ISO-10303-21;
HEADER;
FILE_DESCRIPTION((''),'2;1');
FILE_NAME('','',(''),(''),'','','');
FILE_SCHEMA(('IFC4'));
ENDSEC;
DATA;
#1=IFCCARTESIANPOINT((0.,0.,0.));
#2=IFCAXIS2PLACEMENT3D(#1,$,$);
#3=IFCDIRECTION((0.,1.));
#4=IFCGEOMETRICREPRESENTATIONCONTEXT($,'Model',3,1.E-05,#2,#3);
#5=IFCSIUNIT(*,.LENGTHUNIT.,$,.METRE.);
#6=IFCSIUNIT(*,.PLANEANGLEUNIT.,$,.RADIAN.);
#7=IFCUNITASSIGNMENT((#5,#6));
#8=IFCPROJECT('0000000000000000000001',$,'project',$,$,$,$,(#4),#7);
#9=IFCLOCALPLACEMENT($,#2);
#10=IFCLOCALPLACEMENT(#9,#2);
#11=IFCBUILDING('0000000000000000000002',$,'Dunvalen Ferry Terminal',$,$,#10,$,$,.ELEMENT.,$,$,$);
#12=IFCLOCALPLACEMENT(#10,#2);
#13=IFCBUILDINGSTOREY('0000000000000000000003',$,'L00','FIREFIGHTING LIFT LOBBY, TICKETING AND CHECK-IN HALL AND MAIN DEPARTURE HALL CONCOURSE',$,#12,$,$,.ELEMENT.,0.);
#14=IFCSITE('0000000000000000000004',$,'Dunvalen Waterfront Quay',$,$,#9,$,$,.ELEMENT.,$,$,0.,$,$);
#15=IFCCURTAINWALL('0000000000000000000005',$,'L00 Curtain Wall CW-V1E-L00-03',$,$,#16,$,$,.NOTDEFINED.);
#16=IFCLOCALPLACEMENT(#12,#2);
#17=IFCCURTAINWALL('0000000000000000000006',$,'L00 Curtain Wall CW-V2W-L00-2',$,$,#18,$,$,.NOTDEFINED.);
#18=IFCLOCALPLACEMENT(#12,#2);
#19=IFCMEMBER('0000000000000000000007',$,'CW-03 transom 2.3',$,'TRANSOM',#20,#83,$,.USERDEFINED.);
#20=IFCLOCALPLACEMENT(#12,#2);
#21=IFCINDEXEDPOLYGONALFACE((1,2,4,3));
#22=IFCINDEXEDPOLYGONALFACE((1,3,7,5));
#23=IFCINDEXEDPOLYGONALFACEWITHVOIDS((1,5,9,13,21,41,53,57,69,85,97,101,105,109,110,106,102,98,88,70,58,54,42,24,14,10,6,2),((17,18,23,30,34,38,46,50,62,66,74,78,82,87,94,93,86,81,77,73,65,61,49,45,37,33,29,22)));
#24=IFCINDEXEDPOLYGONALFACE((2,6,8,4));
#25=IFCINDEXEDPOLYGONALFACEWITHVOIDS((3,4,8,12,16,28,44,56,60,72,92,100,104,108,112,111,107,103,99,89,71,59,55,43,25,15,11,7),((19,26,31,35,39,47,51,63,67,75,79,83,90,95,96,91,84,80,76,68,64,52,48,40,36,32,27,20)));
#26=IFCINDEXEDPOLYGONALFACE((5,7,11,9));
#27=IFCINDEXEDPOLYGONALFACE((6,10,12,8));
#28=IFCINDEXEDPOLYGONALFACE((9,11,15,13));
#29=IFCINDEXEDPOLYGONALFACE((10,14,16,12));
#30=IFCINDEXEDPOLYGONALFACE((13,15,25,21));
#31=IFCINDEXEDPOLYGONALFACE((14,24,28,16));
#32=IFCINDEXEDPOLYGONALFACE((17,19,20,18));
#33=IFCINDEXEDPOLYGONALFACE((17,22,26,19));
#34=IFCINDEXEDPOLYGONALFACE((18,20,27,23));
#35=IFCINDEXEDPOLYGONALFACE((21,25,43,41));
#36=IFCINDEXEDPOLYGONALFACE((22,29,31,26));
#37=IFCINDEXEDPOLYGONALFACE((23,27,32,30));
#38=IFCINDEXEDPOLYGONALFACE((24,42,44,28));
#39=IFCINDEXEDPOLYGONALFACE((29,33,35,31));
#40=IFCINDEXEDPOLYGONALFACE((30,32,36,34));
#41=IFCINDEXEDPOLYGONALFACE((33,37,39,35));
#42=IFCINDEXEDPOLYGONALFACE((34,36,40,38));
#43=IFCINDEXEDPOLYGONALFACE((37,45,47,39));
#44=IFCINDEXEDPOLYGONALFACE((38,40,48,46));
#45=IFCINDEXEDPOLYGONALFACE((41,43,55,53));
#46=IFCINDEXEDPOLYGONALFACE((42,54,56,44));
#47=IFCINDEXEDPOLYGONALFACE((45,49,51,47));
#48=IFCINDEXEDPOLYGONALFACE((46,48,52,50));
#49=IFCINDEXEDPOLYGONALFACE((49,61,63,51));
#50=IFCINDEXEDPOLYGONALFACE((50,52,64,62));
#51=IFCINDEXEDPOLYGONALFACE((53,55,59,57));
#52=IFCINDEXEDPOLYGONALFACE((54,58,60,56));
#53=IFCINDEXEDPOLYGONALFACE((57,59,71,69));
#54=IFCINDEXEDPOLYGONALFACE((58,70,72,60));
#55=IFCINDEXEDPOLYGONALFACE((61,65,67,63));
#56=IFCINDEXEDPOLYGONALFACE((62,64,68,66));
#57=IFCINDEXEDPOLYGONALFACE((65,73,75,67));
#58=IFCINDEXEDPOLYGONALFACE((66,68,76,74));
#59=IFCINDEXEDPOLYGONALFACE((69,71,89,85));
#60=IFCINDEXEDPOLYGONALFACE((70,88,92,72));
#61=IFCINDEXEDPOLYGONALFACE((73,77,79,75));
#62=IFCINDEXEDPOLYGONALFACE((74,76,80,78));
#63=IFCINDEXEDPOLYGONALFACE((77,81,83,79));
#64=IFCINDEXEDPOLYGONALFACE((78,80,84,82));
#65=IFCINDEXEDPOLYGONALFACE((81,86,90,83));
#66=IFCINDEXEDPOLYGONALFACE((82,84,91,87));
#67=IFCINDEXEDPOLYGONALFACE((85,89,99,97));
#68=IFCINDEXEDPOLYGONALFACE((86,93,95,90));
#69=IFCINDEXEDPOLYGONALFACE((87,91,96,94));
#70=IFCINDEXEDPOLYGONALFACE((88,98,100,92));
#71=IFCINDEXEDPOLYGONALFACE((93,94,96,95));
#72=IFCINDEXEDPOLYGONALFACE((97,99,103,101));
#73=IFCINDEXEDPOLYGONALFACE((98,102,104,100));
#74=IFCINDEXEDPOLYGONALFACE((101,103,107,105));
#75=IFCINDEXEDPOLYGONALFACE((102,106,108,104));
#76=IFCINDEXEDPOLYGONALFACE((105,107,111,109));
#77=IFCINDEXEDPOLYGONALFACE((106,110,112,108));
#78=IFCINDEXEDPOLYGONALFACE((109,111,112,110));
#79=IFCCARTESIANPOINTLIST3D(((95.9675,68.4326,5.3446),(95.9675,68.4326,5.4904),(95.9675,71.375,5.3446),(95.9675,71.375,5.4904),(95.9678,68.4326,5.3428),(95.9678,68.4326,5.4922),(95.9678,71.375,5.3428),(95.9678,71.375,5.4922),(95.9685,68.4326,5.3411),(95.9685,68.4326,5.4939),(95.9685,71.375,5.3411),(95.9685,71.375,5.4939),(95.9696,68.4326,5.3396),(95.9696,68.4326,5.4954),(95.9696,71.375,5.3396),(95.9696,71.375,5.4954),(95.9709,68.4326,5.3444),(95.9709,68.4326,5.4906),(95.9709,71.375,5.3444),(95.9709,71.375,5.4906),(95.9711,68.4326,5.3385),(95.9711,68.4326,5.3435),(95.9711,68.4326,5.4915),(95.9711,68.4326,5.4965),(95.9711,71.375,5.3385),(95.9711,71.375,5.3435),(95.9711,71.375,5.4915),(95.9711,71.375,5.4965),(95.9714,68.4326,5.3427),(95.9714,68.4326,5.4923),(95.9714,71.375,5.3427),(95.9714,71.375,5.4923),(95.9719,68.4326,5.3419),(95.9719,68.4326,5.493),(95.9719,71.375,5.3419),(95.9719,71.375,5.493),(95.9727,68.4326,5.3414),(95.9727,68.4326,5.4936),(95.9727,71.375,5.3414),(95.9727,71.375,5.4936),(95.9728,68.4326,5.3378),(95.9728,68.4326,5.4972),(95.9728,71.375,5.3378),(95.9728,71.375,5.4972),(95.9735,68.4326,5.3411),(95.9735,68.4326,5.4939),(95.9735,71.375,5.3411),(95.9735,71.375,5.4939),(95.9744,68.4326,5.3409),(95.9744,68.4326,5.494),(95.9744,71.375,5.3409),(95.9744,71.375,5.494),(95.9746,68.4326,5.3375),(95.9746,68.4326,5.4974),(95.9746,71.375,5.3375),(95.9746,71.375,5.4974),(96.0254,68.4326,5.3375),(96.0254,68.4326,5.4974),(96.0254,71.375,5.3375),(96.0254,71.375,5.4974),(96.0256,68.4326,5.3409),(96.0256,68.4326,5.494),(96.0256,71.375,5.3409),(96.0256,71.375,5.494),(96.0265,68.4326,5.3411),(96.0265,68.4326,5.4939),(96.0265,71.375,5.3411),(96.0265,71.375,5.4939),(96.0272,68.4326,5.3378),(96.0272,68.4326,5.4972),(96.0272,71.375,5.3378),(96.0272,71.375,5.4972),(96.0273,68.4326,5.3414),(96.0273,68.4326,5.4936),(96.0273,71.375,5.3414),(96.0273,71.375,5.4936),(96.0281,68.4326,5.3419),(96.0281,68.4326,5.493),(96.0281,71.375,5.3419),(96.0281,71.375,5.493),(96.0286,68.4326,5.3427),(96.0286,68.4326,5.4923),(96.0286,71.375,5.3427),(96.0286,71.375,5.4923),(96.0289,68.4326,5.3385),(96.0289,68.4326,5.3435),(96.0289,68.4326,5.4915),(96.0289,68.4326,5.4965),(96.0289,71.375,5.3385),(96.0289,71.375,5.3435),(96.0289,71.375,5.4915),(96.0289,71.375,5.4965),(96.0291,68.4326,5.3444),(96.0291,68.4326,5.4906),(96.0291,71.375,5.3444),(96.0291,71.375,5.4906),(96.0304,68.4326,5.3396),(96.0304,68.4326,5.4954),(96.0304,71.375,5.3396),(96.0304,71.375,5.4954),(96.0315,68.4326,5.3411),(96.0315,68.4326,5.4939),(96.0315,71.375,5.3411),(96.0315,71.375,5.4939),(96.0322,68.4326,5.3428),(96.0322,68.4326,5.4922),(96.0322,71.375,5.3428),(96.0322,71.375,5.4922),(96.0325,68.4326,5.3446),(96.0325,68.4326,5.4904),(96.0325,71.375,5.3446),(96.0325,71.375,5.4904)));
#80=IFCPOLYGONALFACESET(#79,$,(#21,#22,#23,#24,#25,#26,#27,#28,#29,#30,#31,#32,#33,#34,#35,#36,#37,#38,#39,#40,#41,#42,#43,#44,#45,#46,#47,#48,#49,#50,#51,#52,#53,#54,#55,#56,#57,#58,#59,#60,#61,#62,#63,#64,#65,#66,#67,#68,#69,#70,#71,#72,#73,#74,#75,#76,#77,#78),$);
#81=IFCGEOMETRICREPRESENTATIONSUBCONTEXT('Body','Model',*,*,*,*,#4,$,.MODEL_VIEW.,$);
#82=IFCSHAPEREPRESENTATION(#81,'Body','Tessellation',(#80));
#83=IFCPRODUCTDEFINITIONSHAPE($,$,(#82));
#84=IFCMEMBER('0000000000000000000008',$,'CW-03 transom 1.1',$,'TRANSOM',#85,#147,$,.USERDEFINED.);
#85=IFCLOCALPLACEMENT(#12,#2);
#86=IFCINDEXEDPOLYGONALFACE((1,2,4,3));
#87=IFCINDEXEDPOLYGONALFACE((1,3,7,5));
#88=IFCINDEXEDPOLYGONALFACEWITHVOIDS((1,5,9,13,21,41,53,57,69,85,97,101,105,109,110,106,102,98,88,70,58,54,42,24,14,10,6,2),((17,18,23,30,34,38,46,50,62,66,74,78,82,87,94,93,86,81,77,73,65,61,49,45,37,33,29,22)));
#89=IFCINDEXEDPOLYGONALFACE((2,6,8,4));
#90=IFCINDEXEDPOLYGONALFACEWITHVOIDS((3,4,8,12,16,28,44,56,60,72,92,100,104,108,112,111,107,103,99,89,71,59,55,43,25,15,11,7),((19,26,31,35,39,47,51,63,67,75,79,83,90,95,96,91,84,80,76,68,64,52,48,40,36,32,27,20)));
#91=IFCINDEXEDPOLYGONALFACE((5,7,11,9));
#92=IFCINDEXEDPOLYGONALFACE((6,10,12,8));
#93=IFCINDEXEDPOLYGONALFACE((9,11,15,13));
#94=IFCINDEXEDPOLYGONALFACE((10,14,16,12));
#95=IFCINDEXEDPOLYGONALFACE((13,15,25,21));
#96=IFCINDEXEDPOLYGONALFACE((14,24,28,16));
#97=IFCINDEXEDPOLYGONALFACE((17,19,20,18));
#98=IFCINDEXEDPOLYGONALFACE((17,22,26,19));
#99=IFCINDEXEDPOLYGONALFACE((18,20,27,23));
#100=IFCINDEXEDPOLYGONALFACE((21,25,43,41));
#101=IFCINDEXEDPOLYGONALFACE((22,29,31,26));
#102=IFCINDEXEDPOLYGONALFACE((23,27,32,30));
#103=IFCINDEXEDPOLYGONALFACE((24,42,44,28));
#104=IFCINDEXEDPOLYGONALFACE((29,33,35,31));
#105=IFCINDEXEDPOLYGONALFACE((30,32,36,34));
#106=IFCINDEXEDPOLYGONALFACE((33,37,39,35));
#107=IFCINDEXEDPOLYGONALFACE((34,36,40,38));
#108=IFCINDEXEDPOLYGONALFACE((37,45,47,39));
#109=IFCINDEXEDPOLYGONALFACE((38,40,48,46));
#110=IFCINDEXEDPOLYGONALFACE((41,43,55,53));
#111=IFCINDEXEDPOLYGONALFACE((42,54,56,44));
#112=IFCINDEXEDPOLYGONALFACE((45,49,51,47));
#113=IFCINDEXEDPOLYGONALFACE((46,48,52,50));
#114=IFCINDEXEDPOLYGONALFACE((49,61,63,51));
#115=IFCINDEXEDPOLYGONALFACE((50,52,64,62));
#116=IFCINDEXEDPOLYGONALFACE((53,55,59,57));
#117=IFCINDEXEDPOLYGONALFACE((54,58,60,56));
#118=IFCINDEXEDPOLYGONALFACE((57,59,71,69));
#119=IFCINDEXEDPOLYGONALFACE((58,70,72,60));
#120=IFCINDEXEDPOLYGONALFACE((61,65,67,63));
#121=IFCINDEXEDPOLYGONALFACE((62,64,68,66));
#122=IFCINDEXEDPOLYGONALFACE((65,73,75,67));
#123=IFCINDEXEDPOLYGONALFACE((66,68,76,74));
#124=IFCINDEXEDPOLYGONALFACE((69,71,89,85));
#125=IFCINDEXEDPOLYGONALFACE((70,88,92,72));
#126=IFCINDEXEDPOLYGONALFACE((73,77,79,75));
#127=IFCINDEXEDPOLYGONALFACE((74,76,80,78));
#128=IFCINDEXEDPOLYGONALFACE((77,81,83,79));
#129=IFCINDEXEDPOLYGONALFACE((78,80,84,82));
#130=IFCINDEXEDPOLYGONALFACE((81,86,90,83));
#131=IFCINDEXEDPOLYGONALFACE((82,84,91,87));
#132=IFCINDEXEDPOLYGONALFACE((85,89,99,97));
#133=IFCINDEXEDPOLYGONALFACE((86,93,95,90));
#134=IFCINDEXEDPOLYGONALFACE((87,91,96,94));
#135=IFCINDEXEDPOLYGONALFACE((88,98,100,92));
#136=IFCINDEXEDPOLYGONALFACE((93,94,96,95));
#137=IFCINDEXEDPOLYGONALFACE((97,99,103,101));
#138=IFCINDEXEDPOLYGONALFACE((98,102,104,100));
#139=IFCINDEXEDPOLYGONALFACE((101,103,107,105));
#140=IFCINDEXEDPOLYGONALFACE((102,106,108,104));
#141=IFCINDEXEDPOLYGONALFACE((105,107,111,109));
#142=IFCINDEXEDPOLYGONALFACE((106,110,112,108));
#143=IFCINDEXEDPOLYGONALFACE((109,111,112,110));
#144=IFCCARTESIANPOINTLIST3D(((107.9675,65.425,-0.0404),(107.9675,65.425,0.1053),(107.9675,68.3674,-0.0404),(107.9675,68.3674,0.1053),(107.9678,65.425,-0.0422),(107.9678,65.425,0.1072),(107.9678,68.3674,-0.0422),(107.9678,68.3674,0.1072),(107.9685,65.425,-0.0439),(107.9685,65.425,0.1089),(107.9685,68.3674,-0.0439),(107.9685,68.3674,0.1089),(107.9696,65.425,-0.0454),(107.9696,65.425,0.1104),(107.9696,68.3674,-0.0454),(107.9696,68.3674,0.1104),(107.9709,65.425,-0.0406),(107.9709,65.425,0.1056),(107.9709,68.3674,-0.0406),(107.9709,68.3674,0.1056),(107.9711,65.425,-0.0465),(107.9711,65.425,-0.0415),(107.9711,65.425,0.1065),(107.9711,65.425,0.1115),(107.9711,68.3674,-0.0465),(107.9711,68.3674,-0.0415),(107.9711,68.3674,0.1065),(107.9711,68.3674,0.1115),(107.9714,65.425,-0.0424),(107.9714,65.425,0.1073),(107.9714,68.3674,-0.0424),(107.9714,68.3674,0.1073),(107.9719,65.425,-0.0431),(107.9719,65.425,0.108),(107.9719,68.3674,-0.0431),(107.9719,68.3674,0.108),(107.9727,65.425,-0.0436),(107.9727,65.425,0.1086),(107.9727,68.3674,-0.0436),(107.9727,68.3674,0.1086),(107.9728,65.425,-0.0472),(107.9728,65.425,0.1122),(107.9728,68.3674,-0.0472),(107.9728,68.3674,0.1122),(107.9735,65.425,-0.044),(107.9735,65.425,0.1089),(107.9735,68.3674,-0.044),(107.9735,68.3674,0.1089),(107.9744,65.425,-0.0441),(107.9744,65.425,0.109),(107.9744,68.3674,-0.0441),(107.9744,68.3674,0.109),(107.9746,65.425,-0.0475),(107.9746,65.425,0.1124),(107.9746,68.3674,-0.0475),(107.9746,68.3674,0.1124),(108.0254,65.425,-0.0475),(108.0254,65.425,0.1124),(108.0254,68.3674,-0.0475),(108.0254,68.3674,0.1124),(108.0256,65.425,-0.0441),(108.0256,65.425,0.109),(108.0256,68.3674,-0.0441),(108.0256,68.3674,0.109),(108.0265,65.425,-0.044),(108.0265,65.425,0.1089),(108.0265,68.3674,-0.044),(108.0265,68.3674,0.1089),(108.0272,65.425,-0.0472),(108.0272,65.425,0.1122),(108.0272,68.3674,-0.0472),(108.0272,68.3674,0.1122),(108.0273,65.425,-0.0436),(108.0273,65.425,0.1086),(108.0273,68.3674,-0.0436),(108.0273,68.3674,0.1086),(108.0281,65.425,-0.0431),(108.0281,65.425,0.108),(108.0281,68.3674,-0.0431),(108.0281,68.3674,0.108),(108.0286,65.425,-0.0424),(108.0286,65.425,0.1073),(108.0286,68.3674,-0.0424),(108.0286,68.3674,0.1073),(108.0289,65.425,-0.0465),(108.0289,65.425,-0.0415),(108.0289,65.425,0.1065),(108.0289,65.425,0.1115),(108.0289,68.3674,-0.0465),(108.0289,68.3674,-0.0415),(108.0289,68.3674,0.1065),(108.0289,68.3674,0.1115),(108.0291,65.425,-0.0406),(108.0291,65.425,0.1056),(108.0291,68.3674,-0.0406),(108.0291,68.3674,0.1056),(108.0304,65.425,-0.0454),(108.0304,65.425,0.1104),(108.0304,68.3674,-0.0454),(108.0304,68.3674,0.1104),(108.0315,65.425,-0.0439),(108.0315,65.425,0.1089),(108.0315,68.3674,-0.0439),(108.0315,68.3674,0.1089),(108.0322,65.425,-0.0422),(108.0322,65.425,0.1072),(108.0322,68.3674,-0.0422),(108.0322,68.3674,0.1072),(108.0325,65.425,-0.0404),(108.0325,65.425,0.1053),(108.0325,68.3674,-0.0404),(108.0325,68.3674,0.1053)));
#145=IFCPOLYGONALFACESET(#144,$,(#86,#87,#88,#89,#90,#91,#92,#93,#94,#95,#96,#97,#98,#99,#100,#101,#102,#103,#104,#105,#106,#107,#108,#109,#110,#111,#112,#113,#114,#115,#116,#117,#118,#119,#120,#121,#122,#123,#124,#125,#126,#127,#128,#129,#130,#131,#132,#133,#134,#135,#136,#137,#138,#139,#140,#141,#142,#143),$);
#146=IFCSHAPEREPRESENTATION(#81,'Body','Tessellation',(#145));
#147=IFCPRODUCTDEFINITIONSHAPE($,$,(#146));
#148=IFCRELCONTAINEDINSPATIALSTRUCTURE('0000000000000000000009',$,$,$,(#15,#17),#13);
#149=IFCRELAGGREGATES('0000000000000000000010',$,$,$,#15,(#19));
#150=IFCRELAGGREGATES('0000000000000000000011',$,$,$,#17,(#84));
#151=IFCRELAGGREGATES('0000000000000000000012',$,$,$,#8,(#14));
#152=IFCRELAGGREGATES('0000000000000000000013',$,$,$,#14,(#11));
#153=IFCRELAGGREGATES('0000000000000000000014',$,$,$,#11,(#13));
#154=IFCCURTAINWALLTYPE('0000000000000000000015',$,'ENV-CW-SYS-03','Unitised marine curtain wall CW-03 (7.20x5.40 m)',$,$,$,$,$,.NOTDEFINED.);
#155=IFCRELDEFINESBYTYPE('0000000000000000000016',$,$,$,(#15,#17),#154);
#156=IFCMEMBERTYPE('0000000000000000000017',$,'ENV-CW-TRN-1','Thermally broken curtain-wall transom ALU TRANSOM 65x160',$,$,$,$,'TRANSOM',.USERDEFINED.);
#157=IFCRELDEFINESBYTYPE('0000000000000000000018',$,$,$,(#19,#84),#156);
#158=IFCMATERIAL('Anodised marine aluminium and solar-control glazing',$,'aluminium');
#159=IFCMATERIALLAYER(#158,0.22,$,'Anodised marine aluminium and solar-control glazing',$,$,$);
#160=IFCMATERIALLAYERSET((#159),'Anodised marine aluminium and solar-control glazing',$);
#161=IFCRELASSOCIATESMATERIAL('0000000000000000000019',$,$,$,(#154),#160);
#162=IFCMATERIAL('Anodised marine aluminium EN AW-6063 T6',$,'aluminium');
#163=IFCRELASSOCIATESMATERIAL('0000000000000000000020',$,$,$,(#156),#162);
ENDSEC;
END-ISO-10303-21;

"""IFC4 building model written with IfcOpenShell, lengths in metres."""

from ifc_helpers import new_model, si_unit, direction, frame, origin, origin_2d, place, context, subcontext, project, spatial, hollow_rectangle, extrude, material, layer, layer_set, material_profile, profile_set, type_object, element, aggregate, save


model = new_model("IFC4")

# Units and contexts
model_context = context("Model", 3, precision=1e-05, world=origin(), true_north=direction((0.0, 1.0)))
body_context = subcontext(model_context, "Body", "Model", "MODEL_VIEW")
ifc_project = project(units=[si_unit("LENGTHUNIT", "METRE"), si_unit("PLANEANGLEUNIT", "RADIAN")], contexts=[model_context])

# Site, building, storey
site_placement = place(None, origin())
site = spatial("IfcSite", under=ifc_project, at=site_placement, Name="Dunvalen Waterfront Quay", CompositionType="ELEMENT", RefElevation=0.0)
building_placement = place(site_placement, origin())
building = spatial("IfcBuilding", under=site, at=building_placement, Name="Dunvalen Ferry Terminal", CompositionType="ELEMENT")
storey_placement = place(building_placement, origin())
storey = spatial("IfcBuildingStorey", under=building, at=storey_placement, Name="L00", Description="FIREFIGHTING LIFT LOBBY, TICKETING AND CHECK-IN HALL AND MAIN DEPARTURE HALL CONCOURSE", CompositionType="ELEMENT", Elevation=0.0)

# Curtain walls
ifc_material_1 = material(Name="Anodised marine aluminium and solar-control glazing", Category="aluminium")
ifc_layer_1 = layer(ifc_material_1, 0.22, Name="Anodised marine aluminium and solar-control glazing")
ifc_layer_set_1 = layer_set([ifc_layer_1], Name="Anodised marine aluminium and solar-control glazing")
curtain_wall_type = type_object("IfcCurtainWallType", Name="ENV-CW-SYS-03", Description="Unitised marine curtain wall CW-03 (7.20x5.40 m)", PredefinedType="NOTDEFINED", material=ifc_layer_set_1)
curtain_wall_1_placement = place(storey_placement, origin())
curtain_wall_1 = element("IfcCurtainWall", 1, at=curtain_wall_1_placement, inside=storey, type_object=curtain_wall_type, Name="L00 Curtain Wall CW-V1E-L00-03", PredefinedType="NOTDEFINED")
ifc_material_2 = material(Name="Anodised marine aluminium EN AW-6063 T6", Category="aluminium")
curtain_wall_2_placement = place(storey_placement, origin())
curtain_wall_2 = element("IfcCurtainWall", 2, at=curtain_wall_2_placement, inside=storey, type_object=curtain_wall_type, Name="L00 Curtain Wall CW-V2W-L00-2", PredefinedType="NOTDEFINED")

# Members
ifc_material_profile_1 = material_profile(ifc_material_2, hollow_rectangle(XDim=0.0649, YDim=0.1599, WallThickness=0.0034, InnerFilletRadius=0.0034, OuterFilletRadius=0.0071, at=origin_2d()), Name="Anodised marine aluminium EN AW-6063 T6")
ifc_profile_set_1 = profile_set([ifc_material_profile_1], Name="Anodised marine aluminium EN AW-6063 T6")
member_type_1 = type_object("IfcMemberType", Name="ENV-CW-TRN-1", Description="Thermally broken curtain-wall transom ALU TRANSOM 65x160", ElementType="TRANSOM", PredefinedType="USERDEFINED", material=ifc_profile_set_1)
member_1_placement = place(storey_placement, frame((96.0, 68.4326, 5.4175), z_axis=(0.0, 1.0, 0.0), x_axis=(-1.0, 0.0, 0.0)))
member_1 = element("IfcMember", 3, at=member_1_placement, type_object=member_type_1, Name="CW-03 transom 2.3", ObjectType="TRANSOM", PredefinedType="USERDEFINED", context=body_context, shape_type="SweptSolid", body=[
    extrude(hollow_rectangle(XDim=0.0649, YDim=0.1599, WallThickness=0.0034, InnerFilletRadius=0.0034, OuterFilletRadius=0.0071, at=origin_2d()), origin(), (0.0, 0.0, 1.0), 2.9424),
])
member_2_placement = place(storey_placement, frame((108.0, 65.425, 0.0325), z_axis=(0.0, 1.0, 0.0), x_axis=(-1.0, 0.0, 0.0)))
member_2 = element("IfcMember", 4, at=member_2_placement, type_object=member_type_1, Name="CW-03 transom 1.1", ObjectType="TRANSOM", PredefinedType="USERDEFINED", context=body_context, shape_type="SweptSolid", body=[
    extrude(hollow_rectangle(XDim=0.0649, YDim=0.1599, WallThickness=0.0034, InnerFilletRadius=0.0034, OuterFilletRadius=0.0071, at=origin_2d()), origin(), (0.0, 0.0, 1.0), 2.9424),
])

aggregate(curtain_wall_1, [member_1])
aggregate(curtain_wall_2, [member_2])

save(model, "model.ifc")
